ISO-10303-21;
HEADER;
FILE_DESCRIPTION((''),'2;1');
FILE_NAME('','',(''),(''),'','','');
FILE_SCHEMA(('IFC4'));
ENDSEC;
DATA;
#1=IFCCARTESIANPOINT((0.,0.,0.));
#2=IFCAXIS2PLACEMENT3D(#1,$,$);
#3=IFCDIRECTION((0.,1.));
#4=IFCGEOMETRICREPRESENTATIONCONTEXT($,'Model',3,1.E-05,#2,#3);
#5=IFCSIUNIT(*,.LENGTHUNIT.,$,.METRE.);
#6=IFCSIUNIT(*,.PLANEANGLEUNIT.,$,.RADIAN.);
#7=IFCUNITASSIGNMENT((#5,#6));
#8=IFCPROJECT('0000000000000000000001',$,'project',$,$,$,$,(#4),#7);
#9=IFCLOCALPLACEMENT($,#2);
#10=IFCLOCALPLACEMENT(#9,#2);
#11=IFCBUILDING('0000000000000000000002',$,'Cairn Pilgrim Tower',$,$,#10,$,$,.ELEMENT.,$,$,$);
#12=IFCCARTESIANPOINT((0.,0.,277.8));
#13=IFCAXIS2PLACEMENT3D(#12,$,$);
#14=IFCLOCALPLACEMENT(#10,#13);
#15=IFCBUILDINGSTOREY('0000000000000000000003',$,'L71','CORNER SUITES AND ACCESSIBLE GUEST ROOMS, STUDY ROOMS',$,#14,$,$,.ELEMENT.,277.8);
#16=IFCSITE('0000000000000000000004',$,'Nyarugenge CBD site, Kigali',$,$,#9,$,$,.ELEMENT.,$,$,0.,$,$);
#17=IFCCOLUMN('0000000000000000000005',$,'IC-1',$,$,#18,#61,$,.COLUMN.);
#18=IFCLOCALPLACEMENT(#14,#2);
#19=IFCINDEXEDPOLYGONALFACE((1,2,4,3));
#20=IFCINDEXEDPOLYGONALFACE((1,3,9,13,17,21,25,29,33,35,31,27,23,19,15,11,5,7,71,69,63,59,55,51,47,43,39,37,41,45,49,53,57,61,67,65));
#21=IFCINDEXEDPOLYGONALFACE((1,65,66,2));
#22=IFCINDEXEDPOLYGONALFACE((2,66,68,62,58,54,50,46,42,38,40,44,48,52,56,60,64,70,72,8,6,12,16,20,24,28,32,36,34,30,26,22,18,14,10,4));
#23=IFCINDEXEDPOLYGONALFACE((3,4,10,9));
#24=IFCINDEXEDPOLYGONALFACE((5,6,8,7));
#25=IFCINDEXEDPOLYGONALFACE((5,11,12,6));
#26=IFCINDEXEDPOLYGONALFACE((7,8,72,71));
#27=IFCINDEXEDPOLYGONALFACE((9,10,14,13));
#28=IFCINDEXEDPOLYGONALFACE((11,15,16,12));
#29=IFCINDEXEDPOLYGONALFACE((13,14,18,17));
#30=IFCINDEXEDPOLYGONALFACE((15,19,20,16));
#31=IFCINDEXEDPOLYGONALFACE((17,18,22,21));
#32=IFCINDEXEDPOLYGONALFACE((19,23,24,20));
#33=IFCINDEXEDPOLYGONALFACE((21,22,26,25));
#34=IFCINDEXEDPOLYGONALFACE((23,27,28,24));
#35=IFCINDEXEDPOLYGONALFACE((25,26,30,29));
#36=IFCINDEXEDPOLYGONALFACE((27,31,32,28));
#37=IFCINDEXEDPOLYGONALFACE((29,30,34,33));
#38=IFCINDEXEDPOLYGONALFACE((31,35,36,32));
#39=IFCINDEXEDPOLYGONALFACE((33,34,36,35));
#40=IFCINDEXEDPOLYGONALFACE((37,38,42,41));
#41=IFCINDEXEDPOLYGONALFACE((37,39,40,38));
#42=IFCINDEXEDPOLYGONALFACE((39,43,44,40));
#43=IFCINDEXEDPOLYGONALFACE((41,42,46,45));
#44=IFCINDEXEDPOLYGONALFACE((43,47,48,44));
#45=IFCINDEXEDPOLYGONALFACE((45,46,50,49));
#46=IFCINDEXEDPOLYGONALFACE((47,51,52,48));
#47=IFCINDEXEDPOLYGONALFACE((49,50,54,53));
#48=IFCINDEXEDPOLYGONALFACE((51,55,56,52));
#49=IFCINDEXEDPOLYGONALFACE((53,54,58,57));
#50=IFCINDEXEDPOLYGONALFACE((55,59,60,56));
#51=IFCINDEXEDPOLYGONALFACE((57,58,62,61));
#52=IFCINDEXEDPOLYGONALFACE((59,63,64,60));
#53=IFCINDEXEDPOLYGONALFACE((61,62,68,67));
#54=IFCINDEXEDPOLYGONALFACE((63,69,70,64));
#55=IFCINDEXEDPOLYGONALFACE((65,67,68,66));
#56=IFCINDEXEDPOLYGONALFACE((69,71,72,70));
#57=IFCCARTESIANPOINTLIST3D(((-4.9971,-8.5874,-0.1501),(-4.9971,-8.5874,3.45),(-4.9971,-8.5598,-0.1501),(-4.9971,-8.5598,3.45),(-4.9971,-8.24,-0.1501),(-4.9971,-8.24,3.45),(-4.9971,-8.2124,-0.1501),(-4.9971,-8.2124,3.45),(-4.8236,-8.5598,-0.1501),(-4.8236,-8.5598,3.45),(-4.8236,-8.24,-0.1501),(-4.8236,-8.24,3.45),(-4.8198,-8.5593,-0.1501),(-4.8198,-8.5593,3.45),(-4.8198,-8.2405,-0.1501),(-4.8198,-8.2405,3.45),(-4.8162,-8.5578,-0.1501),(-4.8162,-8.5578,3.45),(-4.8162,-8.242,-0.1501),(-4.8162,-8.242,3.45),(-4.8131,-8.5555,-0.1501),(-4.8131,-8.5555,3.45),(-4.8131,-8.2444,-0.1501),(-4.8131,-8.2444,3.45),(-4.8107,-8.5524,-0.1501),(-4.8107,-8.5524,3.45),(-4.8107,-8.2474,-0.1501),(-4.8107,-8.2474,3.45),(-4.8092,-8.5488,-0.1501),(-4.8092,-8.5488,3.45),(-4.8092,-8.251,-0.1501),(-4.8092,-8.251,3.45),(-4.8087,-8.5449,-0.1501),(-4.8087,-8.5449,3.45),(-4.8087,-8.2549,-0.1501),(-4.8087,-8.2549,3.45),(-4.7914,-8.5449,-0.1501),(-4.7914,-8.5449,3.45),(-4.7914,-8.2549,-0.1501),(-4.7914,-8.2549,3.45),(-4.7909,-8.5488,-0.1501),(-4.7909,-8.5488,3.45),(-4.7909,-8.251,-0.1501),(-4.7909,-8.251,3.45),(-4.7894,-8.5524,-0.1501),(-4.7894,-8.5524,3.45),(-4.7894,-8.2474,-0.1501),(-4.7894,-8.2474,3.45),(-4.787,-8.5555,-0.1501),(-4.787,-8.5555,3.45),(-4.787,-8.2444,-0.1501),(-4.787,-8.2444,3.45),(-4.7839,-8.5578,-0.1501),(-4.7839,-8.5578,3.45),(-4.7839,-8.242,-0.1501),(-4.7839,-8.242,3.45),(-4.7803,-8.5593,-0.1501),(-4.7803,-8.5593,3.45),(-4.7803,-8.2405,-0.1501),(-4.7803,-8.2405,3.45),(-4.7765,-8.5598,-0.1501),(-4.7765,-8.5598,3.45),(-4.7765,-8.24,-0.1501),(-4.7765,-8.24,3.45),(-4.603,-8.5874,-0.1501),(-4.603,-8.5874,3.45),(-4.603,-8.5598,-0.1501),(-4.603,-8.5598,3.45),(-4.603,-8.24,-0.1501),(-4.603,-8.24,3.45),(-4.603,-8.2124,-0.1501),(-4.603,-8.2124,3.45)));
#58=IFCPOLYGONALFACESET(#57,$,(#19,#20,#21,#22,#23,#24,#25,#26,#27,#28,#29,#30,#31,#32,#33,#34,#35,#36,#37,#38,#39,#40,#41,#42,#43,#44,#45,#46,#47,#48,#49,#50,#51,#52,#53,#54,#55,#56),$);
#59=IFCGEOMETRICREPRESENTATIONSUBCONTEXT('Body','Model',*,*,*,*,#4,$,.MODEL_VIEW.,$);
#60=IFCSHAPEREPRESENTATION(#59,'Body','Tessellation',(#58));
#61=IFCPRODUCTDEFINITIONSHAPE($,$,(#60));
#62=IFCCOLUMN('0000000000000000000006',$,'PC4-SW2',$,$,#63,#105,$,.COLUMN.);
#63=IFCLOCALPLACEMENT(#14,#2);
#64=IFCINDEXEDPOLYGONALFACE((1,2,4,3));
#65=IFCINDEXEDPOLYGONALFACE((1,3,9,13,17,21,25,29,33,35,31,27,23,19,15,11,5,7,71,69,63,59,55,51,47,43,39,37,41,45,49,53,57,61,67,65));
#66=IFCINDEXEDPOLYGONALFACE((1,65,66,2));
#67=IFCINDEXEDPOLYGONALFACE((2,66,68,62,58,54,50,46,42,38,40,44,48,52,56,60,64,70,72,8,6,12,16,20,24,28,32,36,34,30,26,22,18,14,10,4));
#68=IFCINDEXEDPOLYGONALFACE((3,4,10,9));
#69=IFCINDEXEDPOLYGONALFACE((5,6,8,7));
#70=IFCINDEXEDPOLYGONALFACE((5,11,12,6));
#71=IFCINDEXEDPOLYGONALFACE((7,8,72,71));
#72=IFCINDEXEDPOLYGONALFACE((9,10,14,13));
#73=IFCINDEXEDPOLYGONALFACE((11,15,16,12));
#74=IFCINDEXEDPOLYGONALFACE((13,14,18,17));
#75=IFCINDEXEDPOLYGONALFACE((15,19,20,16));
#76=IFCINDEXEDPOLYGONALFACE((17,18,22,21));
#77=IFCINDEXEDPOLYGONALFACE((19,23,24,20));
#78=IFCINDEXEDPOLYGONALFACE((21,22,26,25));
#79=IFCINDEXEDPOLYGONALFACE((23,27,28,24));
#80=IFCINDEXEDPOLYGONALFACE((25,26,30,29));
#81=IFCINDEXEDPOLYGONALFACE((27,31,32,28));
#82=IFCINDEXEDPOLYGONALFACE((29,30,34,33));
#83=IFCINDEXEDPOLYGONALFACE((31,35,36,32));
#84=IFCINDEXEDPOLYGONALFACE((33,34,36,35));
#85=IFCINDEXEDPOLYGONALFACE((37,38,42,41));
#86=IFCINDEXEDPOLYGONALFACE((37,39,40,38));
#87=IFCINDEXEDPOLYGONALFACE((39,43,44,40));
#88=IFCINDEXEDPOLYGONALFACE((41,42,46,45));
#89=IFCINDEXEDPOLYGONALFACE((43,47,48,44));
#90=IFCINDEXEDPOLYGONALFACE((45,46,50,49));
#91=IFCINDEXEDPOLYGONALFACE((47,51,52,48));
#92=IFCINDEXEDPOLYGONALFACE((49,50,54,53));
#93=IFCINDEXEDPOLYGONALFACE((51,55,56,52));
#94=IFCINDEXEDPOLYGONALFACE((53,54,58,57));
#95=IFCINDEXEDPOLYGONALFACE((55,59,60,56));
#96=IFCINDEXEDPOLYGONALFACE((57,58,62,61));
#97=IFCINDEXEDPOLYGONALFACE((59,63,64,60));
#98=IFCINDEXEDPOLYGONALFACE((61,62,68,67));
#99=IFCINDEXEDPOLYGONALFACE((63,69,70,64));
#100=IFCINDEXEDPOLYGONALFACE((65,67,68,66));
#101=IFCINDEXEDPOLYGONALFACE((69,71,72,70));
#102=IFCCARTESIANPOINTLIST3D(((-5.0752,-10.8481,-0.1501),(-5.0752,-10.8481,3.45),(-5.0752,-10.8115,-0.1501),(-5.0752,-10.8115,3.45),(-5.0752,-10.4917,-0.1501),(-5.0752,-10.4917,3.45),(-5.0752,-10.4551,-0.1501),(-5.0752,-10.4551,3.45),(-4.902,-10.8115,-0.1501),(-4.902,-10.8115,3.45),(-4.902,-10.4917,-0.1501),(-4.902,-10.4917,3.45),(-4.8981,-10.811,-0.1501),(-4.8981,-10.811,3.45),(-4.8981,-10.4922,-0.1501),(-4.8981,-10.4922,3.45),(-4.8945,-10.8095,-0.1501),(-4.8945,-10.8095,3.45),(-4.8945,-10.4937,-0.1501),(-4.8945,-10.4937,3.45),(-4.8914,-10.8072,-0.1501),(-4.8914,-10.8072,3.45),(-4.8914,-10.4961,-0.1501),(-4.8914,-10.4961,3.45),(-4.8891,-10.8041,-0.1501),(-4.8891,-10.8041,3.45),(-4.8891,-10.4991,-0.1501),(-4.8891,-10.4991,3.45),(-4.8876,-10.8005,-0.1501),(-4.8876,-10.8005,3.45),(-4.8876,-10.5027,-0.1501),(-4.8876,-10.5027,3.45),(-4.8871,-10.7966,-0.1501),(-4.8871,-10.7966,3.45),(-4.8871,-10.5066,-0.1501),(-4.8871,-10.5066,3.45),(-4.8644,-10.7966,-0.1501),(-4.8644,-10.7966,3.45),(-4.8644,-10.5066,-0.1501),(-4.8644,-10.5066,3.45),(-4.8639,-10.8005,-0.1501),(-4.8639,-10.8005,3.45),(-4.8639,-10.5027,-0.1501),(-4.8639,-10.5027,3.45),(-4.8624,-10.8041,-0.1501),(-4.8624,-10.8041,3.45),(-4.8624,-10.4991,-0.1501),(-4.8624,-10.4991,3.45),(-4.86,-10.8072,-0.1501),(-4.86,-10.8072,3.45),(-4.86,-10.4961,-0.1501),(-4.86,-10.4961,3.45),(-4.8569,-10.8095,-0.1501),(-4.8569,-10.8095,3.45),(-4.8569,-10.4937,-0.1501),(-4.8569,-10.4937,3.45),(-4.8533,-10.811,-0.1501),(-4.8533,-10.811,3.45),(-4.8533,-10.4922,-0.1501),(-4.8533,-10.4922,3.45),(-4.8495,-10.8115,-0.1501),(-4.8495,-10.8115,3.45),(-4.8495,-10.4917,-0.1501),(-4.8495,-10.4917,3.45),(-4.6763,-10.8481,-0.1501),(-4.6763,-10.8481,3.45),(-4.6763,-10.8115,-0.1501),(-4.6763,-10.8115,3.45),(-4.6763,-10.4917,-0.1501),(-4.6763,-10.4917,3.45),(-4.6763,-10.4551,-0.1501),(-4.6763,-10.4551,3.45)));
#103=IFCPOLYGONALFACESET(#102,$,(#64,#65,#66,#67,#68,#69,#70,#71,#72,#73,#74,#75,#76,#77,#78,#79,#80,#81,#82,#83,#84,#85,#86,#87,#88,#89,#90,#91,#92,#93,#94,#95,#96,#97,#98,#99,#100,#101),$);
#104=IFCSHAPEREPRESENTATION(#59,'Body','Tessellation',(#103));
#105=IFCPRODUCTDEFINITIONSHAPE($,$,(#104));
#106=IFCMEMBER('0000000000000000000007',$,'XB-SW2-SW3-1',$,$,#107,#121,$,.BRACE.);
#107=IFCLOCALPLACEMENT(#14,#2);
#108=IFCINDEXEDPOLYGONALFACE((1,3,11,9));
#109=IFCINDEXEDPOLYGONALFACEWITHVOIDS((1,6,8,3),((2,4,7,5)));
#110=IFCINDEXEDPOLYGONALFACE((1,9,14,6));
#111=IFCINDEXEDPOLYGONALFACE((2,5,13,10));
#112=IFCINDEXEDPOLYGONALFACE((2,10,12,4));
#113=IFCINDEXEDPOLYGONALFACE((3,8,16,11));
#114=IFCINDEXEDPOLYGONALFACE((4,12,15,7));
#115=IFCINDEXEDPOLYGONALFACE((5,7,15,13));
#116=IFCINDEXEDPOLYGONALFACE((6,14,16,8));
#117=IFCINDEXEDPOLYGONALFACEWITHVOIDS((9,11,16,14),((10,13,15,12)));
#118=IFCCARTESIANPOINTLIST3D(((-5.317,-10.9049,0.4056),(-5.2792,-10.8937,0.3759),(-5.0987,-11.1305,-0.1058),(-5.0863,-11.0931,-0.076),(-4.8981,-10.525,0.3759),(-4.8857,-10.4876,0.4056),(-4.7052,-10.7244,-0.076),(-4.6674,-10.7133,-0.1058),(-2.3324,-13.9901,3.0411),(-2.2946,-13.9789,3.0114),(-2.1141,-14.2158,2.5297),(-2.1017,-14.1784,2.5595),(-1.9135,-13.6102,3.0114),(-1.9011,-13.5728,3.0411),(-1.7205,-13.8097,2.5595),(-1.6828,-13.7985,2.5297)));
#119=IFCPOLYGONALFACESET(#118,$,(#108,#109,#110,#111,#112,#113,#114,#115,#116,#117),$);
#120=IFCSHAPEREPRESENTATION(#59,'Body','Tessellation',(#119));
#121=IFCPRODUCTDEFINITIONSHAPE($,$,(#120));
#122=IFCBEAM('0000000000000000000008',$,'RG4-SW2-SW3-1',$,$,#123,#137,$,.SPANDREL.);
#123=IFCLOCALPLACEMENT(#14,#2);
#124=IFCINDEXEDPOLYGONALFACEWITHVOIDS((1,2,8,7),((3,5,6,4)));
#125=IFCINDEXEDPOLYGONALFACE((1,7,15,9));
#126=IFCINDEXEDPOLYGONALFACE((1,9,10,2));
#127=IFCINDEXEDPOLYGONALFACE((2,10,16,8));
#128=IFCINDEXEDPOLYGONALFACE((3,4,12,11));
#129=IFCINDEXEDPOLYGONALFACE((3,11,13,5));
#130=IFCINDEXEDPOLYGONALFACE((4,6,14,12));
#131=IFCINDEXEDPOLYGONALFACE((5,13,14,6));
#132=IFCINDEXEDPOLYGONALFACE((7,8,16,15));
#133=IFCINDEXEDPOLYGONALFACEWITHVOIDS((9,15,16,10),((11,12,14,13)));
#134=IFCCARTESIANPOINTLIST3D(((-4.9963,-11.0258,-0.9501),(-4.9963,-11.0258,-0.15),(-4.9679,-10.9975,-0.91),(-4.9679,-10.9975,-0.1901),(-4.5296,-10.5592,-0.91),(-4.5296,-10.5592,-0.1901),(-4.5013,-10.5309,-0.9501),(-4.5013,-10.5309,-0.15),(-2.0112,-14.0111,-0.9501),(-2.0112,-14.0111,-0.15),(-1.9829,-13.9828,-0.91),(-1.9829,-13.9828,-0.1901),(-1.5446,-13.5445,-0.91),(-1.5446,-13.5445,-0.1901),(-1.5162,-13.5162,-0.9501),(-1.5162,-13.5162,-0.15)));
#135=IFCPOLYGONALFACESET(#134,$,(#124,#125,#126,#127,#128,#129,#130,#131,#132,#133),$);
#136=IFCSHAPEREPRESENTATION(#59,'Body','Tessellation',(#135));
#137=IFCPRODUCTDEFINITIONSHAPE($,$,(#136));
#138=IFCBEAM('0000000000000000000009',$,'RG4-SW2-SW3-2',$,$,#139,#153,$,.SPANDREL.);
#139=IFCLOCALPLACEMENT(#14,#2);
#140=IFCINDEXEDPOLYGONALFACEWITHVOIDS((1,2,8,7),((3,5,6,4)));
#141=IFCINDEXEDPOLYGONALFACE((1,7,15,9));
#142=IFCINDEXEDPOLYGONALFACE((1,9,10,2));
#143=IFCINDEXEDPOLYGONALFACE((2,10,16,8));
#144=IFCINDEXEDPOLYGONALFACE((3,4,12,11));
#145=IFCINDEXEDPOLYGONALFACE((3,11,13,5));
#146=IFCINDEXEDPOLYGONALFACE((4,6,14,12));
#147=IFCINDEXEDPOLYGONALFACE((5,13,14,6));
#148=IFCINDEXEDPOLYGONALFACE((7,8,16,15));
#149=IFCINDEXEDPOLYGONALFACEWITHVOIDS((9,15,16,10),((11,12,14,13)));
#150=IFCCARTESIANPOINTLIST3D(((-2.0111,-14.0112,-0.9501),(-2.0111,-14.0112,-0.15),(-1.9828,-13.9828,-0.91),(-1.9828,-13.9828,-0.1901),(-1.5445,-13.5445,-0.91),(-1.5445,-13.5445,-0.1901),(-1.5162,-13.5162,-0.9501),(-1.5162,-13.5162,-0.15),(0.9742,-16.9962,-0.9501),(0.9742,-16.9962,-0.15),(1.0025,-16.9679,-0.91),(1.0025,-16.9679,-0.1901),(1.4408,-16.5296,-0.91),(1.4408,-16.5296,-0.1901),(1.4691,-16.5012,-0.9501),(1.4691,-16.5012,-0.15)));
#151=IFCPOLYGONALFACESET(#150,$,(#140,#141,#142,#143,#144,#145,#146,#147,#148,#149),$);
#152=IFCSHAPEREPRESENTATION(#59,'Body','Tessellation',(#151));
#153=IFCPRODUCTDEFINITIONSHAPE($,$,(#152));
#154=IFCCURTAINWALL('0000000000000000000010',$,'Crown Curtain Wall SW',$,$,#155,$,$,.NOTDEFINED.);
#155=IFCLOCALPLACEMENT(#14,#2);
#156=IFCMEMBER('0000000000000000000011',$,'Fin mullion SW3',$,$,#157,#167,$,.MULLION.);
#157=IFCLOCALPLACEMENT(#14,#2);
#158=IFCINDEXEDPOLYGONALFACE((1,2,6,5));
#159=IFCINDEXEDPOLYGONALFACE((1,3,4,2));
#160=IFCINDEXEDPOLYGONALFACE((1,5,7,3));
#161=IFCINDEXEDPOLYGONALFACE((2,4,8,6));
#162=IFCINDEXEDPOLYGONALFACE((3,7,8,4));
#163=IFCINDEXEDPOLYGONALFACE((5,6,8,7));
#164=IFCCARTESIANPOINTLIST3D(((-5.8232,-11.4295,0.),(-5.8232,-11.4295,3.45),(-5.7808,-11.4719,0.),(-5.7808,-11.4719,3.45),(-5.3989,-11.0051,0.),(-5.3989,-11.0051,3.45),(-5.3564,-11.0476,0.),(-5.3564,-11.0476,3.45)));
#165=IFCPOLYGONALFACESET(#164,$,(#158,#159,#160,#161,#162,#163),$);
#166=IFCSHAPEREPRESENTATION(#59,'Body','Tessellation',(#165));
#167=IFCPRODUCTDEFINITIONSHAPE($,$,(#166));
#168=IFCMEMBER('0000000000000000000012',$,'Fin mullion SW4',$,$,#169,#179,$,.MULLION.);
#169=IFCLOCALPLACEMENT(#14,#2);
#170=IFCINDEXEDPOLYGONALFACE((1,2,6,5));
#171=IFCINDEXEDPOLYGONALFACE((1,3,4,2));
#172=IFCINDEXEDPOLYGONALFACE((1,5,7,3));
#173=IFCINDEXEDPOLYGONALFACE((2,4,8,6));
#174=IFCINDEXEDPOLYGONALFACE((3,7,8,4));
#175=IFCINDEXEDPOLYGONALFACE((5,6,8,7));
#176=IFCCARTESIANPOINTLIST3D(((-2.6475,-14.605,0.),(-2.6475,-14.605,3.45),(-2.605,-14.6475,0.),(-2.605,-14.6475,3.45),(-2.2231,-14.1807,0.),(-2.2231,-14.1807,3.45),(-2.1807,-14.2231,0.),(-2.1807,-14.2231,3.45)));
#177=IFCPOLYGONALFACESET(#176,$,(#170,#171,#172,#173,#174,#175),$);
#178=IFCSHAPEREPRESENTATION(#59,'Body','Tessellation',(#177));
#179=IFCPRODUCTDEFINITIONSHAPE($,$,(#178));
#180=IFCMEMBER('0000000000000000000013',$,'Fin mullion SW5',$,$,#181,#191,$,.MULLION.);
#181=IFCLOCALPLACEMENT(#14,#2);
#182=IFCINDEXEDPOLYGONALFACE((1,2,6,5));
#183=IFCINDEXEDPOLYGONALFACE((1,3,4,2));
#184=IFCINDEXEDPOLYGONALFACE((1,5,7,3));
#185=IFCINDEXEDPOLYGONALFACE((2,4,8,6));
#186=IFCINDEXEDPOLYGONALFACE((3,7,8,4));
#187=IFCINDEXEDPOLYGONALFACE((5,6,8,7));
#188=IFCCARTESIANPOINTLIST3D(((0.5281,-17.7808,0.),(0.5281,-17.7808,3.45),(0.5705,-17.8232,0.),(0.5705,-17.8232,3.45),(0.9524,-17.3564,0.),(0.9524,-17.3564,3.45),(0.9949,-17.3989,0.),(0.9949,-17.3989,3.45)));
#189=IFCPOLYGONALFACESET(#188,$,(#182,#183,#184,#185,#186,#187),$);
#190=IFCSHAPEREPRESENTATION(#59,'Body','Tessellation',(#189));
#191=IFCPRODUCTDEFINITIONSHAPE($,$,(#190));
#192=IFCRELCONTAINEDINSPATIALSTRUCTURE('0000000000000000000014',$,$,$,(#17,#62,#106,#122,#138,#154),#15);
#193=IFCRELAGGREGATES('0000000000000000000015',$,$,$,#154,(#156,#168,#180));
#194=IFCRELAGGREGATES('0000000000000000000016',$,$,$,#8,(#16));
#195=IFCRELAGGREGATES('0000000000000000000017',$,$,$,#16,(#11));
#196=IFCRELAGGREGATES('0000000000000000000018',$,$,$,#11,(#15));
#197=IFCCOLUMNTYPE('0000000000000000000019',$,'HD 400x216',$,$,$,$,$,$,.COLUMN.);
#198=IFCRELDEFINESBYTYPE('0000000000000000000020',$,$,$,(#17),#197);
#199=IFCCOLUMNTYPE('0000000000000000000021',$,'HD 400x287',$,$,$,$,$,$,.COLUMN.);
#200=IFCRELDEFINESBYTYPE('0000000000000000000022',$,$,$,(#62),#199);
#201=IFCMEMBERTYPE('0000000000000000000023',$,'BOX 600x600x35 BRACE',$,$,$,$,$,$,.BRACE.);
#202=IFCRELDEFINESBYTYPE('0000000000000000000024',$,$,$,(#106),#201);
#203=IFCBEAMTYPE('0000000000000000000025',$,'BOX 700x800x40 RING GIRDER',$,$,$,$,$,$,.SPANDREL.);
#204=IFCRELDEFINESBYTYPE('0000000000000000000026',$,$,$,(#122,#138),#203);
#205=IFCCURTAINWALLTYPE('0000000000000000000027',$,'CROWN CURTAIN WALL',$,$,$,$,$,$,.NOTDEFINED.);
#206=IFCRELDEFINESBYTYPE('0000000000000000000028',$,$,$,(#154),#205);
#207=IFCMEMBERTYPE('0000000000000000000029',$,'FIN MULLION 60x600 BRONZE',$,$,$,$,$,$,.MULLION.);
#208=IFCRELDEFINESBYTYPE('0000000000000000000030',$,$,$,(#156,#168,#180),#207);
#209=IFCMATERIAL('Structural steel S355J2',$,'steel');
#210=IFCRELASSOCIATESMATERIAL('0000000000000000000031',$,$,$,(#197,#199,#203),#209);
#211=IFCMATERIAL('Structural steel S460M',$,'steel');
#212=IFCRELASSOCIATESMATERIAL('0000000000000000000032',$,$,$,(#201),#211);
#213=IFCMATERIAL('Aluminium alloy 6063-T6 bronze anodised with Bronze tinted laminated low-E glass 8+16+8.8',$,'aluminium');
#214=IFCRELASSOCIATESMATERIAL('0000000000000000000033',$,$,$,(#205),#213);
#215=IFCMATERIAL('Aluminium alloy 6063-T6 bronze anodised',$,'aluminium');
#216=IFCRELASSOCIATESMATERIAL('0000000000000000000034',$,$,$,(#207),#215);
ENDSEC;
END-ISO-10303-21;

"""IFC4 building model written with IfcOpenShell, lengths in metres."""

from ifc_helpers import new_model, si_unit, direction, frame, origin, origin_2d, place, context, subcontext, project, spatial, rectangle, hollow_rectangle, i_section, extrude, material, material_profile, profile_set, type_object, element, aggregate, save


model = new_model("IFC4")

# Units and contexts
model_context = context("Model", 3, precision=1e-05, world=origin(), true_north=direction((0.0, 1.0)))
body_context = subcontext(model_context, "Body", "Model", "MODEL_VIEW")
ifc_project = project(units=[si_unit("LENGTHUNIT", "METRE"), si_unit("PLANEANGLEUNIT", "RADIAN")], contexts=[model_context])

# Site, building, storey
site_placement = place(None, origin())
site = spatial("IfcSite", under=ifc_project, at=site_placement, Name="Nyarugenge CBD site, Kigali", CompositionType="ELEMENT", RefElevation=0.0)
building_placement = place(site_placement, origin())
building = spatial("IfcBuilding", under=site, at=building_placement, Name="Cairn Pilgrim Tower", CompositionType="ELEMENT")
storey_placement = place(building_placement, frame((0.0, 0.0, 277.8)))
storey = spatial("IfcBuildingStorey", under=building, at=storey_placement, Name="L71", Description="CORNER SUITES AND ACCESSIBLE GUEST ROOMS, STUDY ROOMS", CompositionType="ELEMENT", Elevation=277.8)

# Columns
ifc_material_1 = material(Name="Structural steel S355J2", Category="steel")
ifc_material_profile_1 = material_profile(ifc_material_1, i_section(OverallWidth=0.394, OverallDepth=0.375, WebThickness=0.0173, FlangeThickness=0.0276, FilletRadius=0.0149, at=origin_2d()), Name="HD 400x216")
ifc_profile_set_1 = profile_set([ifc_material_profile_1], Name="Structural steel S355J2")
column_type_1 = type_object("IfcColumnType", Name="HD 400x216", PredefinedType="COLUMN", material=ifc_profile_set_1)
column_1_placement = place(storey_placement, frame((-4.8, -8.3999, -0.1501), z_axis=(0.0, 0.0, 1.0), x_axis=(1.0, 0.0, 0.0)))
element("IfcColumn", 1, at=column_1_placement, inside=storey, type_object=column_type_1, Name="IC-1", PredefinedType="COLUMN", context=body_context, shape_type="SweptSolid", body=[
    extrude(i_section(OverallWidth=0.394, OverallDepth=0.375, WebThickness=0.0173, FlangeThickness=0.0276, FilletRadius=0.0149, at=origin_2d()), origin(), (0.0, 0.0, 1.0), 3.6001),
])
ifc_material_profile_2 = material_profile(ifc_material_1, i_section(OverallWidth=0.3989, OverallDepth=0.3931, WebThickness=0.0227, FlangeThickness=0.0366, FilletRadius=0.0149, at=origin_2d()), Name="HD 400x287")
ifc_profile_set_2 = profile_set([ifc_material_profile_2], Name="Structural steel S355J2")
column_type_2 = type_object("IfcColumnType", Name="HD 400x287", PredefinedType="COLUMN", material=ifc_profile_set_2)
column_2_placement = place(storey_placement, frame((-4.8757, -10.6516, -0.1501), z_axis=(0.0, 0.0, 1.0), x_axis=(1.0, 0.0, 0.0)))
element("IfcColumn", 2, at=column_2_placement, inside=storey, type_object=column_type_2, Name="PC4-SW2", PredefinedType="COLUMN", context=body_context, shape_type="SweptSolid", body=[
    extrude(i_section(OverallWidth=0.3989, OverallDepth=0.3931, WebThickness=0.0227, FlangeThickness=0.0366, FilletRadius=0.0149, at=origin_2d()), origin(), (0.0, 0.0, 1.0), 3.6001),
])

# Member
ifc_material_2 = material(Name="Structural steel S460M", Category="steel")
ifc_material_profile_3 = material_profile(ifc_material_2, hollow_rectangle(XDim=0.6001, YDim=0.6001, WallThickness=0.0349, at=origin_2d()), Name="BOX 600x600x35")
ifc_profile_set_3 = profile_set([ifc_material_profile_3], Name="Structural steel S460M")
member_type_1 = type_object("IfcMemberType", Name="BOX 600x600x35 BRACE", PredefinedType="BRACE", material=ifc_profile_set_3)
member_1_placement = place(storey_placement, frame((-4.9922, -10.8091, 0.1499), z_axis=(0.592528, -0.612497, 0.523218), x_axis=(0.718726, 0.695294, 0.0)))
element("IfcMember", 3, at=member_1_placement, inside=storey, type_object=member_type_1, Name="XB-SW2-SW3-1", PredefinedType="BRACE", context=body_context, shape_type="SweptSolid", body=[
    extrude(hollow_rectangle(XDim=0.6001, YDim=0.6001, WallThickness=0.0349, at=origin_2d()), origin(), (0.0, 0.0, 1.0), 5.0371),
])

# Beams
ifc_material_profile_4 = material_profile(ifc_material_1, hollow_rectangle(XDim=0.7, YDim=0.8, WallThickness=0.04, at=origin_2d()), Name="BOX 700x800x40")
ifc_profile_set_4 = profile_set([ifc_material_profile_4], Name="Structural steel S355J2")
beam_type_1 = type_object("IfcBeamType", Name="BOX 700x800x40 RING GIRDER", PredefinedType="SPANDREL", material=ifc_profile_set_4)
for number, where, z_axis, x_axis, name in (
    (4, (-4.7488, -10.7783, -0.55), (0.707078, -0.707136, 0.0), (0.707136, 0.707078, 0.0), "RG4-SW2-SW3-1"),
    (5, (-1.7637, -13.7637, -0.55), (0.707136, -0.707078, 0.0), (0.707078, 0.707136, 0.0), "RG4-SW2-SW3-2"),
):
    element("IfcBeam", number, at=place(storey_placement, frame(where, z_axis=z_axis, x_axis=x_axis)), inside=storey, type_object=beam_type_1, Name=name, PredefinedType="SPANDREL", context=body_context, shape_type="SweptSolid", body=[
        extrude(hollow_rectangle(XDim=0.7, YDim=0.8, WallThickness=0.04, at=origin_2d()), origin(), (0.0, 0.0, 1.0), 4.2217),
    ])

# Curtain wall, members
ifc_material_3 = material(Name="Aluminium alloy 6063-T6 bronze anodised with Bronze tinted laminated low-E glass 8+16+8.8", Category="aluminium")
curtain_wall_type = type_object("IfcCurtainWallType", Name="CROWN CURTAIN WALL", PredefinedType="NOTDEFINED", material=ifc_material_3)
curtain_wall_placement = place(storey_placement, origin())
curtain_wall = element("IfcCurtainWall", 6, at=curtain_wall_placement, inside=storey, type_object=curtain_wall_type, Name="Crown Curtain Wall SW", PredefinedType="NOTDEFINED")
ifc_material_4 = material(Name="Aluminium alloy 6063-T6 bronze anodised", Category="aluminium")
ifc_material_profile_5 = material_profile(ifc_material_4, rectangle(XDim=0.6001, YDim=0.0601, at=origin_2d()), Name="FIN MULLION 60x600 BRONZE")
ifc_profile_set_5 = profile_set([ifc_material_profile_5], Name="Aluminium alloy 6063-T6 bronze anodised")
member_type_2 = type_object("IfcMemberType", Name="FIN MULLION 60x600 BRONZE", PredefinedType="MULLION", material=ifc_profile_set_5)
member_2_placement = place(storey_placement, frame((-5.5898, -11.2385, 0.0), z_axis=(0.0, 0.0, 1.0), x_axis=(-0.707107, -0.707107, 0.0)))
member_2 = element("IfcMember", 7, at=member_2_placement, type_object=member_type_2, Name="Fin mullion SW3", PredefinedType="MULLION", context=body_context, shape_type="SweptSolid", body=[
    extrude(rectangle(XDim=0.6001, YDim=0.0601, at=origin_2d()), origin(), (0.0, 0.0, 1.0), 3.45),
])
member_3_placement = place(storey_placement, frame((-2.4141, -14.4141, 0.0), z_axis=(0.0, 0.0, 1.0), x_axis=(-0.707107, -0.707107, 0.0)))
member_3 = element("IfcMember", 8, at=member_3_placement, type_object=member_type_2, Name="Fin mullion SW4", PredefinedType="MULLION", context=body_context, shape_type="SweptSolid", body=[
    extrude(rectangle(XDim=0.6001, YDim=0.0601, at=origin_2d()), origin(), (0.0, 0.0, 1.0), 3.45),
])
member_4_placement = place(storey_placement, frame((0.7615, -17.5898, 0.0), z_axis=(0.0, 0.0, 1.0), x_axis=(-0.707107, -0.707107, 0.0)))
member_4 = element("IfcMember", 9, at=member_4_placement, type_object=member_type_2, Name="Fin mullion SW5", PredefinedType="MULLION", context=body_context, shape_type="SweptSolid", body=[
    extrude(rectangle(XDim=0.6001, YDim=0.0601, at=origin_2d()), origin(), (0.0, 0.0, 1.0), 3.45),
])

aggregate(curtain_wall, [member_2, member_3, member_4])

save(model, "model.ifc")
